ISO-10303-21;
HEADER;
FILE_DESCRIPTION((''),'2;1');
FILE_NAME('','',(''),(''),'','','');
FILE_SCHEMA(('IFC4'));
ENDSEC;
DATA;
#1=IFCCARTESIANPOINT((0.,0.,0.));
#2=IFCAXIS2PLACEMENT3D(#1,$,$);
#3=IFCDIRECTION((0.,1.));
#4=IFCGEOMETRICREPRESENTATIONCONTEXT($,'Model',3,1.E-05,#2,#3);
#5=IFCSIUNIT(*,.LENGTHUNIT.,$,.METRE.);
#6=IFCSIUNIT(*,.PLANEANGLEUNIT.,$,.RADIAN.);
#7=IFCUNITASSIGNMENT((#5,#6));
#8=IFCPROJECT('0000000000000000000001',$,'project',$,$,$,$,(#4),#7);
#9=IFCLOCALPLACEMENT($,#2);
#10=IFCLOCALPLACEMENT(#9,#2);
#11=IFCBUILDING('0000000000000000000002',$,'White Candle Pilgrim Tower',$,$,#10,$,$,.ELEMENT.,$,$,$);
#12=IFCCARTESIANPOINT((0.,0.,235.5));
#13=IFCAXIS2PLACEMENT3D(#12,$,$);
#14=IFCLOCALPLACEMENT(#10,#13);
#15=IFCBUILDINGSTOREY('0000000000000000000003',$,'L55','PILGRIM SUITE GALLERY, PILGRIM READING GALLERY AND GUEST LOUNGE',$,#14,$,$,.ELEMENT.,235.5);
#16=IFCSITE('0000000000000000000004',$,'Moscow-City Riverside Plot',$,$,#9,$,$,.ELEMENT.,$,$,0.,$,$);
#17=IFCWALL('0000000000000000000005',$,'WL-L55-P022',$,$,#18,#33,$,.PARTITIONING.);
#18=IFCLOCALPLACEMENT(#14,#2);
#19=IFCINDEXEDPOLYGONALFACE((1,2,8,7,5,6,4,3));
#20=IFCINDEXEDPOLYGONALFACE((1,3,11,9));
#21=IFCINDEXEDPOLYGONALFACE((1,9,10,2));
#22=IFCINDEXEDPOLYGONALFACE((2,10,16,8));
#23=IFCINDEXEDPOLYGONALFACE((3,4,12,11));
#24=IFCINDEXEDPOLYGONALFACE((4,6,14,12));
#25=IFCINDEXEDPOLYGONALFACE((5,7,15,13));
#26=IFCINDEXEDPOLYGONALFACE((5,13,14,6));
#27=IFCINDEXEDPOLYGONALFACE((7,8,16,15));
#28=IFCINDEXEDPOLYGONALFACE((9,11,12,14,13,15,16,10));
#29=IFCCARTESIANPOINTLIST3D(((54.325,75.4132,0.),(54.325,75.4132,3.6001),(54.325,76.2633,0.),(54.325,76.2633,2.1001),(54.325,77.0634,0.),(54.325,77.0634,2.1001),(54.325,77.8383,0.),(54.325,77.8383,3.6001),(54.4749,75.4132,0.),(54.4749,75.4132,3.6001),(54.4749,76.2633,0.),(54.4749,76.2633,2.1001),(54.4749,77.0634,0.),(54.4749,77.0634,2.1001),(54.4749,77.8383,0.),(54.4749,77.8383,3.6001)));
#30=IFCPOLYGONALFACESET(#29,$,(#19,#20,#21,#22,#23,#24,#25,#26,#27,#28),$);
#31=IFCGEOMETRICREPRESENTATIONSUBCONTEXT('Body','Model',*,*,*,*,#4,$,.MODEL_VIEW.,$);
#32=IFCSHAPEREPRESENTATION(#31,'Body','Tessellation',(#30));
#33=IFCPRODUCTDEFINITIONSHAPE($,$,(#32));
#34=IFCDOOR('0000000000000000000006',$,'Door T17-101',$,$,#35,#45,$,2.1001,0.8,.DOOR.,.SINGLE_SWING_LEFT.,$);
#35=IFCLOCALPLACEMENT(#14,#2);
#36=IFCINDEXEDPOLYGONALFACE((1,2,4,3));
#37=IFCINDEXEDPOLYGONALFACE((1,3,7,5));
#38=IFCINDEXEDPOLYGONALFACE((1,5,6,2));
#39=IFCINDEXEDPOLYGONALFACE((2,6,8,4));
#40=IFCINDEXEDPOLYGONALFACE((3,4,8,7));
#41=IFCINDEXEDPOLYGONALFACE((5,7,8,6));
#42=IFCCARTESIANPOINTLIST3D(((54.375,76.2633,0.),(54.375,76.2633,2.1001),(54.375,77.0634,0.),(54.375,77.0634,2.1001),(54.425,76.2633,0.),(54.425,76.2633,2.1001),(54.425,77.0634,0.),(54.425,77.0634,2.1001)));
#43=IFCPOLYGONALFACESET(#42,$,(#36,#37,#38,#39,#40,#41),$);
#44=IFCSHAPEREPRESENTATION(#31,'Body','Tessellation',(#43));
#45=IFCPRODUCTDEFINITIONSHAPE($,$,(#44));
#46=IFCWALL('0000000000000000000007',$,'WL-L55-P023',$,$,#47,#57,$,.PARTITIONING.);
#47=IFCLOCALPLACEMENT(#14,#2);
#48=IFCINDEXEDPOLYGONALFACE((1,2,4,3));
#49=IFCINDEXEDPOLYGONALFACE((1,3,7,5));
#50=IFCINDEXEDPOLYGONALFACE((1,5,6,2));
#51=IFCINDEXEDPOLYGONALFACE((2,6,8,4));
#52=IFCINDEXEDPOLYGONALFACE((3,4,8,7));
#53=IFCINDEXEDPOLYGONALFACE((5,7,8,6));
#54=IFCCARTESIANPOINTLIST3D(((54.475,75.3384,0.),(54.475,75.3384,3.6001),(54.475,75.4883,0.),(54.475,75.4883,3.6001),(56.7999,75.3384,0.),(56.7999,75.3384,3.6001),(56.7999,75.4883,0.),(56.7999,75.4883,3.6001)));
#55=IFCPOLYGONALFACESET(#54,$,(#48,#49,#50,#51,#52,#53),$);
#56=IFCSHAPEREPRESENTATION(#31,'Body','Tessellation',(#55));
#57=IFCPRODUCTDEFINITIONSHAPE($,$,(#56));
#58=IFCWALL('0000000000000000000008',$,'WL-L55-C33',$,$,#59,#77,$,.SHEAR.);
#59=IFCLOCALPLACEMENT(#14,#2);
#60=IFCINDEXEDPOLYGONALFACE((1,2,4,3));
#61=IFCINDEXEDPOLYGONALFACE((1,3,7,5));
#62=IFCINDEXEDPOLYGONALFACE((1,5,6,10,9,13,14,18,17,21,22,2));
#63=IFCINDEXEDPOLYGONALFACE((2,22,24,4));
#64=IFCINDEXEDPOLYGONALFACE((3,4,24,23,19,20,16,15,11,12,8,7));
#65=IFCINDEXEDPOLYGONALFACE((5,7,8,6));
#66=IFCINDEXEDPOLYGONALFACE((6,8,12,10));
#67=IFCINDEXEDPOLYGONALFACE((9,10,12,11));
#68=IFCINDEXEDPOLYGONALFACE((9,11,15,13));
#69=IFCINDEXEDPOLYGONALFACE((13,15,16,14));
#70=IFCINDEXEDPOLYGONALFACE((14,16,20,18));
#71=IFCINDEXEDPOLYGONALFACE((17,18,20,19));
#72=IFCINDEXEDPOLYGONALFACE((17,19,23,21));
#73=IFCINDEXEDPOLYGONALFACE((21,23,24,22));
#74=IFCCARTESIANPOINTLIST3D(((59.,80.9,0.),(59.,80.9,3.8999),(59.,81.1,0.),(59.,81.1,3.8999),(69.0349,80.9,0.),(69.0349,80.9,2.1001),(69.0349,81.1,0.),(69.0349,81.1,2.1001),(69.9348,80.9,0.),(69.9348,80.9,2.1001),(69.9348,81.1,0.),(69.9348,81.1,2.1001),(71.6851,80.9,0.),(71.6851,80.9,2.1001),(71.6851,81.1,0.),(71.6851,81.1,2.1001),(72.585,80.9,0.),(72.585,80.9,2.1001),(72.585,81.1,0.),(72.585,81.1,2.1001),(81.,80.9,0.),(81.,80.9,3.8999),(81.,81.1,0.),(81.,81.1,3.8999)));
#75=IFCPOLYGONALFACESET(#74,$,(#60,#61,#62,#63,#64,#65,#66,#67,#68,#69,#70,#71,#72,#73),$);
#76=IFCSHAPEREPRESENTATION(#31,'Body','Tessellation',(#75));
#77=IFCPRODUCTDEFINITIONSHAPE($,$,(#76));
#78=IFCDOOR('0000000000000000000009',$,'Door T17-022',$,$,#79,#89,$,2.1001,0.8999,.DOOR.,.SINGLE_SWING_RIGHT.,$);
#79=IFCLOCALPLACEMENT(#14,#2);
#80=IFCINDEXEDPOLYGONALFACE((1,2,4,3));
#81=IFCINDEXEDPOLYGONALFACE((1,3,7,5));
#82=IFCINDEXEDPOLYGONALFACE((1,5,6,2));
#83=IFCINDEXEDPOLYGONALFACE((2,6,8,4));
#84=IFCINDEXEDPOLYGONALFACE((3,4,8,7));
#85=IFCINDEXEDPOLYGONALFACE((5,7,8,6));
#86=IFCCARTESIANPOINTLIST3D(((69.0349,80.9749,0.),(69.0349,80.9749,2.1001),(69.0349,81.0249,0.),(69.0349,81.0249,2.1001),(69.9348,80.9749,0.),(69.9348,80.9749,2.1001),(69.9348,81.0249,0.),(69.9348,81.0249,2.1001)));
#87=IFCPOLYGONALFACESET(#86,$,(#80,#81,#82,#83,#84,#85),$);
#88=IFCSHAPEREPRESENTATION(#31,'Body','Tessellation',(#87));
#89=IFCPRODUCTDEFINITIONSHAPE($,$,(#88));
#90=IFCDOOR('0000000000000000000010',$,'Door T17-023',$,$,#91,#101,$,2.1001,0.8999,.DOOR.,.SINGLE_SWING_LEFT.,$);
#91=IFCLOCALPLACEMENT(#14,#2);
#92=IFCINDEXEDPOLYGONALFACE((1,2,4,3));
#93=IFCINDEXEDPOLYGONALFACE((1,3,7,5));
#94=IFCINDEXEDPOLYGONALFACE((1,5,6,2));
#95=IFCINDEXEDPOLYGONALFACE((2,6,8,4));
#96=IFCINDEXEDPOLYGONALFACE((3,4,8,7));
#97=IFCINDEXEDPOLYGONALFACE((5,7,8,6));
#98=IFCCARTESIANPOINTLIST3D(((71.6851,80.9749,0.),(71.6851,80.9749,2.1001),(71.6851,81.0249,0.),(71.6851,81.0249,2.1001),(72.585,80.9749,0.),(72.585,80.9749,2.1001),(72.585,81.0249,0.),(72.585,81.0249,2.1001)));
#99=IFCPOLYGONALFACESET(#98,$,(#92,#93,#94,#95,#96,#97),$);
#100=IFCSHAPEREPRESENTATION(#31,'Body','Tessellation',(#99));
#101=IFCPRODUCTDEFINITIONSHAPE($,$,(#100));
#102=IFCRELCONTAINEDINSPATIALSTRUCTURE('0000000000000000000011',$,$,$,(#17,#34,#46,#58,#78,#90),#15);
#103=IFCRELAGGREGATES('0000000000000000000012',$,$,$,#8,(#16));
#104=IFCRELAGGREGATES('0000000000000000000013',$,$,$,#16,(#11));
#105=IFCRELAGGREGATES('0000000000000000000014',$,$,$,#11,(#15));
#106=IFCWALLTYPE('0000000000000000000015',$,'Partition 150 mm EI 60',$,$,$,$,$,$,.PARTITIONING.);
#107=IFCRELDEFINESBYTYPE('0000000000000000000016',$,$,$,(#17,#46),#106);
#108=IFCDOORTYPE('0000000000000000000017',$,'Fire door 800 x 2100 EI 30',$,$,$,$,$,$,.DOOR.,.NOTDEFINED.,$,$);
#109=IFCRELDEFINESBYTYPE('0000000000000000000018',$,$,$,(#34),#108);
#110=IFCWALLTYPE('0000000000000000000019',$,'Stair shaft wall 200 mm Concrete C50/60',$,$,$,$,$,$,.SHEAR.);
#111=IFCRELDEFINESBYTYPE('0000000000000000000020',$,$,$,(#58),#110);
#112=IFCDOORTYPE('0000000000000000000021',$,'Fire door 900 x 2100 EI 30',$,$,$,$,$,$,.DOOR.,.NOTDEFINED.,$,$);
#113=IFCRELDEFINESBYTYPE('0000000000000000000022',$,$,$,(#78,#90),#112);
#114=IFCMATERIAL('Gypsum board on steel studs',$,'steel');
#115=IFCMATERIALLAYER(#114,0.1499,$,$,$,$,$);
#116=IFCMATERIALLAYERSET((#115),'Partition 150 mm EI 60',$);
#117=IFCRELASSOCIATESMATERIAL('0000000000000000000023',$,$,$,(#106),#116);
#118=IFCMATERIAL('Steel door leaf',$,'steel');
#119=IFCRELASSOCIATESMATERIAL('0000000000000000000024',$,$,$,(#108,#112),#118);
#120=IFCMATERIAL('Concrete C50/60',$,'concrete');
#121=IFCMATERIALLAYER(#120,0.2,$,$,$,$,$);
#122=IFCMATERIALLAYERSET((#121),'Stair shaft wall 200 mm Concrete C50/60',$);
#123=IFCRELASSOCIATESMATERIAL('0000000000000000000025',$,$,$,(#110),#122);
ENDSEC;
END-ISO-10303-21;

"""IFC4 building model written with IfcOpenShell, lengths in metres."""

from ifc_helpers import new_model, si_unit, direction, frame, frame_2d, origin, place, context, subcontext, project, spatial, rectangle, extrude, material, layer, layer_set, type_object, element, fill, save


model = new_model("IFC4")

# Units and contexts
model_context = context("Model", 3, precision=1e-05, world=origin(), true_north=direction((0.0, 1.0)))
body_context = subcontext(model_context, "Body", "Model", "MODEL_VIEW")
ifc_project = project(units=[si_unit("LENGTHUNIT", "METRE"), si_unit("PLANEANGLEUNIT", "RADIAN")], contexts=[model_context])

# Site, building, storey
site_placement = place(None, origin())
site = spatial("IfcSite", under=ifc_project, at=site_placement, Name="Moscow-City Riverside Plot", CompositionType="ELEMENT", RefElevation=0.0)
building_placement = place(site_placement, origin())
building = spatial("IfcBuilding", under=site, at=building_placement, Name="White Candle Pilgrim Tower", CompositionType="ELEMENT")
storey_placement = place(building_placement, frame((0.0, 0.0, 235.5)))
storey = spatial("IfcBuildingStorey", under=building, at=storey_placement, Name="L55", Description="PILGRIM SUITE GALLERY, PILGRIM READING GALLERY AND GUEST LOUNGE", CompositionType="ELEMENT", Elevation=235.5)

# Shared definitions
ifc_material_1 = material(Name="Concrete C50/60", Category="concrete")

# Shared definitions
ifc_material_2 = material(Name="Gypsum board on steel studs", Category="steel")
ifc_layer_1 = layer(ifc_material_2, 0.1499)
ifc_layer_set_1 = layer_set([ifc_layer_1], Name="Partition 150 mm EI 60")
wall_type_1 = type_object("IfcWallType", Name="Partition 150 mm EI 60", PredefinedType="PARTITIONING", material=ifc_layer_set_1)

# Wall, opening, door
wall_1_placement = place(storey_placement, frame((54.3999, 75.4133, 0.0), z_axis=(0.0, 0.0, 1.0), x_axis=(0.0, 1.0, 0.0)))
wall_1 = element("IfcWall", 1, at=wall_1_placement, inside=storey, type_object=wall_type_1, Name="WL-L55-P022", PredefinedType="PARTITIONING", context=body_context, shape_type="SweptSolid", body=[
    extrude(rectangle(XDim=2.425, YDim=0.1499, at=frame_2d((1.2124, 0.0))), origin(), (0.0, 0.0, 1.0), 3.6001),
])
opening_1_placement = place(wall_1_placement, frame((0.8501, 0.0, 0.0)))
opening_1 = element("IfcOpeningElement", 2, at=opening_1_placement, cuts=wall_1, PredefinedType="OPENING", context=body_context, shape_type="SweptSolid", body=[
    extrude(rectangle(XDim=0.8, YDim=2.1001, at=frame_2d((0.3999, 1.05))), frame((0.0, 0.085, 0.0), z_axis=(0.0, -1.0, 0.0), x_axis=(1.0, 0.0, 0.0)), (0.0, 0.0, 1.0), 0.1699),
])
ifc_material_3 = material(Name="Steel door leaf", Category="steel")
door_type_1 = type_object("IfcDoorType", Name="Fire door 800 x 2100 EI 30", OperationType="NOTDEFINED", PredefinedType="DOOR", material=ifc_material_3)
door_1_placement = place(opening_1_placement, origin())
door_1 = element("IfcDoor", 3, at=door_1_placement, inside=storey, type_object=door_type_1, Name="Door T17-101", OperationType="SINGLE_SWING_LEFT", OverallHeight=2.1001, OverallWidth=0.8, PredefinedType="DOOR", context=body_context, shape_type="SweptSolid", body=[
    extrude(rectangle(XDim=0.8, YDim=2.1001, at=frame_2d((0.3999, 1.05))), frame((0.0, 0.0249, 0.0), z_axis=(0.0, -1.0, 0.0), x_axis=(1.0, 0.0, 0.0)), (0.0, 0.0, 1.0), 0.05),
])
fill(opening_1, door_1)

# Wall
wall_2_placement = place(storey_placement, frame((56.8, 75.4133, 0.0), z_axis=(0.0, 0.0, 1.0), x_axis=(-1.0, 0.0, 0.0)))
element("IfcWall", 4, at=wall_2_placement, inside=storey, type_object=wall_type_1, Name="WL-L55-P023", PredefinedType="PARTITIONING", context=body_context, shape_type="SweptSolid", body=[
    extrude(rectangle(XDim=2.325, YDim=0.1499, at=frame_2d((1.1626, 0.0))), origin(), (0.0, 0.0, 1.0), 3.6001),
])

# Wall, openings, doors
ifc_layer_2 = layer(ifc_material_1, 0.2)
ifc_layer_set_2 = layer_set([ifc_layer_2], Name="Stair shaft wall 200 mm Concrete C50/60")
wall_type_2 = type_object("IfcWallType", Name="Stair shaft wall 200 mm Concrete C50/60", PredefinedType="SHEAR", material=ifc_layer_set_2)
wall_3_placement = place(storey_placement, frame((59.0, 81.0, 0.0), z_axis=(0.0, 0.0, 1.0), x_axis=(1.0, 0.0, 0.0)))
wall_3 = element("IfcWall", 5, at=wall_3_placement, inside=storey, type_object=wall_type_2, Name="WL-L55-C33", PredefinedType="SHEAR", context=body_context, shape_type="SweptSolid", body=[
    extrude(rectangle(XDim=22.0, YDim=0.2, at=frame_2d((11.0, 0.0))), origin(), (0.0, 0.0, 1.0), 3.8999),
])
opening_2_placement = place(wall_3_placement, frame((10.0349, 0.0, 0.0)))
opening_2 = element("IfcOpeningElement", 6, at=opening_2_placement, cuts=wall_3, PredefinedType="OPENING", context=body_context, shape_type="SweptSolid", body=[
    extrude(rectangle(XDim=0.8999, YDim=2.1001, at=frame_2d((0.45, 1.05))), frame((0.0, 0.1099, 0.0), z_axis=(0.0, -1.0, 0.0), x_axis=(1.0, 0.0, 0.0)), (0.0, 0.0, 1.0), 0.22),
])
opening_3_placement = place(wall_3_placement, frame((12.6851, 0.0, 0.0)))
opening_3 = element("IfcOpeningElement", 7, at=opening_3_placement, cuts=wall_3, PredefinedType="OPENING", context=body_context, shape_type="SweptSolid", body=[
    extrude(rectangle(XDim=0.8999, YDim=2.1001, at=frame_2d((0.45, 1.05))), frame((0.0, 0.1099, 0.0), z_axis=(0.0, -1.0, 0.0), x_axis=(1.0, 0.0, 0.0)), (0.0, 0.0, 1.0), 0.22),
])
door_type_2 = type_object("IfcDoorType", Name="Fire door 900 x 2100 EI 30", OperationType="NOTDEFINED", PredefinedType="DOOR", material=ifc_material_3)
door_2_placement = place(opening_2_placement, origin())
door_2 = element("IfcDoor", 8, at=door_2_placement, inside=storey, type_object=door_type_2, Name="Door T17-022", OperationType="SINGLE_SWING_RIGHT", OverallHeight=2.1001, OverallWidth=0.8999, PredefinedType="DOOR", context=body_context, shape_type="SweptSolid", body=[
    extrude(rectangle(XDim=0.8999, YDim=2.1001, at=frame_2d((0.45, 1.05))), frame((0.0, 0.0249, 0.0), z_axis=(0.0, -1.0, 0.0), x_axis=(1.0, 0.0, 0.0)), (0.0, 0.0, 1.0), 0.05),
])
fill(opening_2, door_2)
door_3_placement = place(opening_3_placement, origin())
door_3 = element("IfcDoor", 9, at=door_3_placement, inside=storey, type_object=door_type_2, Name="Door T17-023", OperationType="SINGLE_SWING_LEFT", OverallHeight=2.1001, OverallWidth=0.8999, PredefinedType="DOOR", context=body_context, shape_type="SweptSolid", body=[
    extrude(rectangle(XDim=0.8999, YDim=2.1001, at=frame_2d((0.45, 1.05))), frame((0.0, 0.0249, 0.0), z_axis=(0.0, -1.0, 0.0), x_axis=(1.0, 0.0, 0.0)), (0.0, 0.0, 1.0), 0.05),
])
fill(opening_3, door_3)

save(model, "model.ifc")
